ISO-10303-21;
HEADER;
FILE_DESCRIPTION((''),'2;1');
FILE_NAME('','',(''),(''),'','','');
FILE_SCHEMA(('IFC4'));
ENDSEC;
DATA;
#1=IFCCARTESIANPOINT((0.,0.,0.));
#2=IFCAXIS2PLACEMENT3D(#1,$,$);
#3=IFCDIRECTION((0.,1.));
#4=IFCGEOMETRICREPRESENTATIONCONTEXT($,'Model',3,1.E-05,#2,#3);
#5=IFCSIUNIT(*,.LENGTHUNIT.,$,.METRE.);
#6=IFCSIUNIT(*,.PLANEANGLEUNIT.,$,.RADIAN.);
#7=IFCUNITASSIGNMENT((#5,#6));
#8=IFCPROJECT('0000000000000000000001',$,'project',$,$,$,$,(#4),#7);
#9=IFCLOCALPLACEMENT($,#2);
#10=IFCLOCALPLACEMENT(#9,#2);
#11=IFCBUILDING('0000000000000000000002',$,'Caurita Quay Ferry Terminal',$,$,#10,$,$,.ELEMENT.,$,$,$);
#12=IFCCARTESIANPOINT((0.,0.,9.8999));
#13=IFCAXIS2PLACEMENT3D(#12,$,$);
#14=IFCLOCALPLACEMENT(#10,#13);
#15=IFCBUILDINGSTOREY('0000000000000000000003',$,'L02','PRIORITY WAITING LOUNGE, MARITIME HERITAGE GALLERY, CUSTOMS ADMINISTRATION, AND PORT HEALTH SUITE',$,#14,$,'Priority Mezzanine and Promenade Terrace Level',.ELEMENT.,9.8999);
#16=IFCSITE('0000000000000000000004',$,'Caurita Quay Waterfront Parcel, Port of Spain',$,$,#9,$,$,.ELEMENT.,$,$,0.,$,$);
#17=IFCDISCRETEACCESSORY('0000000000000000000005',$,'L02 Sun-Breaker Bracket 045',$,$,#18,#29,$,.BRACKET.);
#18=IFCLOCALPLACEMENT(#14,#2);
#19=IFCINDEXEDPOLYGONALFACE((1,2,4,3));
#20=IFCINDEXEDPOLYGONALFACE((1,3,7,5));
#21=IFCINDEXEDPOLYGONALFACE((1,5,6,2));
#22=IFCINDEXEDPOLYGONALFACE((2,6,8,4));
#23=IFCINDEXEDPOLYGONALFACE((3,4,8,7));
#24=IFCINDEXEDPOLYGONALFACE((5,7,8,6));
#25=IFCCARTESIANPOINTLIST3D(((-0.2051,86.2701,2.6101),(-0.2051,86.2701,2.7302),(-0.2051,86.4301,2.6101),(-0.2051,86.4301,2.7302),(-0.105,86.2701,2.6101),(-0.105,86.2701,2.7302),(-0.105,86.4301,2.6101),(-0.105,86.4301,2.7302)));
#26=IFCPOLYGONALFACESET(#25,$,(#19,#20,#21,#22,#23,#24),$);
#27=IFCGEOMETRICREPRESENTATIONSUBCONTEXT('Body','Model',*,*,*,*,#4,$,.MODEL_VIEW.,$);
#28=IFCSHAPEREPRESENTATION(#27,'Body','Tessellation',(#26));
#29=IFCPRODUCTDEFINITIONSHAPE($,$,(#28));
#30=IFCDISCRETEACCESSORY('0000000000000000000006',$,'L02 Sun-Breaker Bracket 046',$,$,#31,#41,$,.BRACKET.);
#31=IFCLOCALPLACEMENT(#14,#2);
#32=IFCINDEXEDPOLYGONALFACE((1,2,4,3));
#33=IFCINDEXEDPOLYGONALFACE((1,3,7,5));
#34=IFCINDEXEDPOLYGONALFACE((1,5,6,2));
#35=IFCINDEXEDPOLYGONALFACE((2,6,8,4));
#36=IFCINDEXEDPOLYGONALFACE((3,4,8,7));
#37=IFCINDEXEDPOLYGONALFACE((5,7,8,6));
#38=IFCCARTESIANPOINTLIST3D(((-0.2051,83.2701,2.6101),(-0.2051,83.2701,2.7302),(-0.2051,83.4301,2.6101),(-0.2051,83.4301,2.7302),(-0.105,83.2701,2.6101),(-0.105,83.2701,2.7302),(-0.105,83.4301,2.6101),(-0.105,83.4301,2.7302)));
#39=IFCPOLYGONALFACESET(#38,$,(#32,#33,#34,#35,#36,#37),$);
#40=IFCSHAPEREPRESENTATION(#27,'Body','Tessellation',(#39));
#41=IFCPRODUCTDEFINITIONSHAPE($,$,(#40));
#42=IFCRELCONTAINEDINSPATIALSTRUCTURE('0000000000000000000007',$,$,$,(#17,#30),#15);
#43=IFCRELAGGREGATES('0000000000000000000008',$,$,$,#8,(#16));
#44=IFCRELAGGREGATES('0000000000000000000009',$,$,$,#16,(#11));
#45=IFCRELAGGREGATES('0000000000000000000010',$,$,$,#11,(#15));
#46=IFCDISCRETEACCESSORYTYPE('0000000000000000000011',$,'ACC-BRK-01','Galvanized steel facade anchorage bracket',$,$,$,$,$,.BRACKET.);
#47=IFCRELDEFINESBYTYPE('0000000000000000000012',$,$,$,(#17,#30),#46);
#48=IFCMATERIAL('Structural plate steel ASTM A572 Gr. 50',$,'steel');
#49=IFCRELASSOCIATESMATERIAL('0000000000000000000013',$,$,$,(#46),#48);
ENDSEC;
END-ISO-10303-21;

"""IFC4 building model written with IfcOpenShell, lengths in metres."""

from ifc_helpers import new_model, si_unit, direction, frame, origin, origin_2d, place, context, subcontext, project, spatial, rectangle, extrude, material, type_object, element, save


model = new_model("IFC4")

# Units and contexts
model_context = context("Model", 3, precision=1e-05, world=origin(), true_north=direction((0.0, 1.0)))
body_context = subcontext(model_context, "Body", "Model", "MODEL_VIEW")
ifc_project = project(units=[si_unit("LENGTHUNIT", "METRE"), si_unit("PLANEANGLEUNIT", "RADIAN")], contexts=[model_context])

# Site, building, storey
site_placement = place(None, origin())
site = spatial("IfcSite", under=ifc_project, at=site_placement, Name="Caurita Quay Waterfront Parcel, Port of Spain", CompositionType="ELEMENT", RefElevation=0.0)
building_placement = place(site_placement, origin())
building = spatial("IfcBuilding", under=site, at=building_placement, Name="Caurita Quay Ferry Terminal", CompositionType="ELEMENT")
storey_placement = place(building_placement, frame((0.0, 0.0, 9.8999)))
storey = spatial("IfcBuildingStorey", under=building, at=storey_placement, Name="L02", Description="PRIORITY WAITING LOUNGE, MARITIME HERITAGE GALLERY, CUSTOMS ADMINISTRATION, AND PORT HEALTH SUITE", LongName="Priority Mezzanine and Promenade Terrace Level", CompositionType="ELEMENT", Elevation=9.8999)

# Discrete accessories
ifc_material_1 = material(Name="Structural plate steel ASTM A572 Gr. 50", Category="steel")
discrete_accessory_type = type_object("IfcDiscreteAccessoryType", Name="ACC-BRK-01", Description="Galvanized steel facade anchorage bracket", PredefinedType="BRACKET", material=ifc_material_1)
for number, where, z_axis, x_axis, name in (
    (1, (-0.155, 86.3501, 2.6101), (0.0, 0.0, 1.0), (0.0, -1.0, 0.0), "L02 Sun-Breaker Bracket 045"),
    (2, (-0.155, 83.3501, 2.6101), (0.0, 0.0, 1.0), (0.0, -1.0, 0.0), "L02 Sun-Breaker Bracket 046"),
):
    element("IfcDiscreteAccessory", number, at=place(storey_placement, frame(where, z_axis=z_axis, x_axis=x_axis)), inside=storey, type_object=discrete_accessory_type, Name=name, PredefinedType="BRACKET", context=body_context, shape_type="SweptSolid", body=[
        extrude(rectangle(XDim=0.1599, YDim=0.1001, at=origin_2d()), origin(), (0.0, 0.0, 1.0), 0.1201),
    ])

save(model, "model.ifc")
